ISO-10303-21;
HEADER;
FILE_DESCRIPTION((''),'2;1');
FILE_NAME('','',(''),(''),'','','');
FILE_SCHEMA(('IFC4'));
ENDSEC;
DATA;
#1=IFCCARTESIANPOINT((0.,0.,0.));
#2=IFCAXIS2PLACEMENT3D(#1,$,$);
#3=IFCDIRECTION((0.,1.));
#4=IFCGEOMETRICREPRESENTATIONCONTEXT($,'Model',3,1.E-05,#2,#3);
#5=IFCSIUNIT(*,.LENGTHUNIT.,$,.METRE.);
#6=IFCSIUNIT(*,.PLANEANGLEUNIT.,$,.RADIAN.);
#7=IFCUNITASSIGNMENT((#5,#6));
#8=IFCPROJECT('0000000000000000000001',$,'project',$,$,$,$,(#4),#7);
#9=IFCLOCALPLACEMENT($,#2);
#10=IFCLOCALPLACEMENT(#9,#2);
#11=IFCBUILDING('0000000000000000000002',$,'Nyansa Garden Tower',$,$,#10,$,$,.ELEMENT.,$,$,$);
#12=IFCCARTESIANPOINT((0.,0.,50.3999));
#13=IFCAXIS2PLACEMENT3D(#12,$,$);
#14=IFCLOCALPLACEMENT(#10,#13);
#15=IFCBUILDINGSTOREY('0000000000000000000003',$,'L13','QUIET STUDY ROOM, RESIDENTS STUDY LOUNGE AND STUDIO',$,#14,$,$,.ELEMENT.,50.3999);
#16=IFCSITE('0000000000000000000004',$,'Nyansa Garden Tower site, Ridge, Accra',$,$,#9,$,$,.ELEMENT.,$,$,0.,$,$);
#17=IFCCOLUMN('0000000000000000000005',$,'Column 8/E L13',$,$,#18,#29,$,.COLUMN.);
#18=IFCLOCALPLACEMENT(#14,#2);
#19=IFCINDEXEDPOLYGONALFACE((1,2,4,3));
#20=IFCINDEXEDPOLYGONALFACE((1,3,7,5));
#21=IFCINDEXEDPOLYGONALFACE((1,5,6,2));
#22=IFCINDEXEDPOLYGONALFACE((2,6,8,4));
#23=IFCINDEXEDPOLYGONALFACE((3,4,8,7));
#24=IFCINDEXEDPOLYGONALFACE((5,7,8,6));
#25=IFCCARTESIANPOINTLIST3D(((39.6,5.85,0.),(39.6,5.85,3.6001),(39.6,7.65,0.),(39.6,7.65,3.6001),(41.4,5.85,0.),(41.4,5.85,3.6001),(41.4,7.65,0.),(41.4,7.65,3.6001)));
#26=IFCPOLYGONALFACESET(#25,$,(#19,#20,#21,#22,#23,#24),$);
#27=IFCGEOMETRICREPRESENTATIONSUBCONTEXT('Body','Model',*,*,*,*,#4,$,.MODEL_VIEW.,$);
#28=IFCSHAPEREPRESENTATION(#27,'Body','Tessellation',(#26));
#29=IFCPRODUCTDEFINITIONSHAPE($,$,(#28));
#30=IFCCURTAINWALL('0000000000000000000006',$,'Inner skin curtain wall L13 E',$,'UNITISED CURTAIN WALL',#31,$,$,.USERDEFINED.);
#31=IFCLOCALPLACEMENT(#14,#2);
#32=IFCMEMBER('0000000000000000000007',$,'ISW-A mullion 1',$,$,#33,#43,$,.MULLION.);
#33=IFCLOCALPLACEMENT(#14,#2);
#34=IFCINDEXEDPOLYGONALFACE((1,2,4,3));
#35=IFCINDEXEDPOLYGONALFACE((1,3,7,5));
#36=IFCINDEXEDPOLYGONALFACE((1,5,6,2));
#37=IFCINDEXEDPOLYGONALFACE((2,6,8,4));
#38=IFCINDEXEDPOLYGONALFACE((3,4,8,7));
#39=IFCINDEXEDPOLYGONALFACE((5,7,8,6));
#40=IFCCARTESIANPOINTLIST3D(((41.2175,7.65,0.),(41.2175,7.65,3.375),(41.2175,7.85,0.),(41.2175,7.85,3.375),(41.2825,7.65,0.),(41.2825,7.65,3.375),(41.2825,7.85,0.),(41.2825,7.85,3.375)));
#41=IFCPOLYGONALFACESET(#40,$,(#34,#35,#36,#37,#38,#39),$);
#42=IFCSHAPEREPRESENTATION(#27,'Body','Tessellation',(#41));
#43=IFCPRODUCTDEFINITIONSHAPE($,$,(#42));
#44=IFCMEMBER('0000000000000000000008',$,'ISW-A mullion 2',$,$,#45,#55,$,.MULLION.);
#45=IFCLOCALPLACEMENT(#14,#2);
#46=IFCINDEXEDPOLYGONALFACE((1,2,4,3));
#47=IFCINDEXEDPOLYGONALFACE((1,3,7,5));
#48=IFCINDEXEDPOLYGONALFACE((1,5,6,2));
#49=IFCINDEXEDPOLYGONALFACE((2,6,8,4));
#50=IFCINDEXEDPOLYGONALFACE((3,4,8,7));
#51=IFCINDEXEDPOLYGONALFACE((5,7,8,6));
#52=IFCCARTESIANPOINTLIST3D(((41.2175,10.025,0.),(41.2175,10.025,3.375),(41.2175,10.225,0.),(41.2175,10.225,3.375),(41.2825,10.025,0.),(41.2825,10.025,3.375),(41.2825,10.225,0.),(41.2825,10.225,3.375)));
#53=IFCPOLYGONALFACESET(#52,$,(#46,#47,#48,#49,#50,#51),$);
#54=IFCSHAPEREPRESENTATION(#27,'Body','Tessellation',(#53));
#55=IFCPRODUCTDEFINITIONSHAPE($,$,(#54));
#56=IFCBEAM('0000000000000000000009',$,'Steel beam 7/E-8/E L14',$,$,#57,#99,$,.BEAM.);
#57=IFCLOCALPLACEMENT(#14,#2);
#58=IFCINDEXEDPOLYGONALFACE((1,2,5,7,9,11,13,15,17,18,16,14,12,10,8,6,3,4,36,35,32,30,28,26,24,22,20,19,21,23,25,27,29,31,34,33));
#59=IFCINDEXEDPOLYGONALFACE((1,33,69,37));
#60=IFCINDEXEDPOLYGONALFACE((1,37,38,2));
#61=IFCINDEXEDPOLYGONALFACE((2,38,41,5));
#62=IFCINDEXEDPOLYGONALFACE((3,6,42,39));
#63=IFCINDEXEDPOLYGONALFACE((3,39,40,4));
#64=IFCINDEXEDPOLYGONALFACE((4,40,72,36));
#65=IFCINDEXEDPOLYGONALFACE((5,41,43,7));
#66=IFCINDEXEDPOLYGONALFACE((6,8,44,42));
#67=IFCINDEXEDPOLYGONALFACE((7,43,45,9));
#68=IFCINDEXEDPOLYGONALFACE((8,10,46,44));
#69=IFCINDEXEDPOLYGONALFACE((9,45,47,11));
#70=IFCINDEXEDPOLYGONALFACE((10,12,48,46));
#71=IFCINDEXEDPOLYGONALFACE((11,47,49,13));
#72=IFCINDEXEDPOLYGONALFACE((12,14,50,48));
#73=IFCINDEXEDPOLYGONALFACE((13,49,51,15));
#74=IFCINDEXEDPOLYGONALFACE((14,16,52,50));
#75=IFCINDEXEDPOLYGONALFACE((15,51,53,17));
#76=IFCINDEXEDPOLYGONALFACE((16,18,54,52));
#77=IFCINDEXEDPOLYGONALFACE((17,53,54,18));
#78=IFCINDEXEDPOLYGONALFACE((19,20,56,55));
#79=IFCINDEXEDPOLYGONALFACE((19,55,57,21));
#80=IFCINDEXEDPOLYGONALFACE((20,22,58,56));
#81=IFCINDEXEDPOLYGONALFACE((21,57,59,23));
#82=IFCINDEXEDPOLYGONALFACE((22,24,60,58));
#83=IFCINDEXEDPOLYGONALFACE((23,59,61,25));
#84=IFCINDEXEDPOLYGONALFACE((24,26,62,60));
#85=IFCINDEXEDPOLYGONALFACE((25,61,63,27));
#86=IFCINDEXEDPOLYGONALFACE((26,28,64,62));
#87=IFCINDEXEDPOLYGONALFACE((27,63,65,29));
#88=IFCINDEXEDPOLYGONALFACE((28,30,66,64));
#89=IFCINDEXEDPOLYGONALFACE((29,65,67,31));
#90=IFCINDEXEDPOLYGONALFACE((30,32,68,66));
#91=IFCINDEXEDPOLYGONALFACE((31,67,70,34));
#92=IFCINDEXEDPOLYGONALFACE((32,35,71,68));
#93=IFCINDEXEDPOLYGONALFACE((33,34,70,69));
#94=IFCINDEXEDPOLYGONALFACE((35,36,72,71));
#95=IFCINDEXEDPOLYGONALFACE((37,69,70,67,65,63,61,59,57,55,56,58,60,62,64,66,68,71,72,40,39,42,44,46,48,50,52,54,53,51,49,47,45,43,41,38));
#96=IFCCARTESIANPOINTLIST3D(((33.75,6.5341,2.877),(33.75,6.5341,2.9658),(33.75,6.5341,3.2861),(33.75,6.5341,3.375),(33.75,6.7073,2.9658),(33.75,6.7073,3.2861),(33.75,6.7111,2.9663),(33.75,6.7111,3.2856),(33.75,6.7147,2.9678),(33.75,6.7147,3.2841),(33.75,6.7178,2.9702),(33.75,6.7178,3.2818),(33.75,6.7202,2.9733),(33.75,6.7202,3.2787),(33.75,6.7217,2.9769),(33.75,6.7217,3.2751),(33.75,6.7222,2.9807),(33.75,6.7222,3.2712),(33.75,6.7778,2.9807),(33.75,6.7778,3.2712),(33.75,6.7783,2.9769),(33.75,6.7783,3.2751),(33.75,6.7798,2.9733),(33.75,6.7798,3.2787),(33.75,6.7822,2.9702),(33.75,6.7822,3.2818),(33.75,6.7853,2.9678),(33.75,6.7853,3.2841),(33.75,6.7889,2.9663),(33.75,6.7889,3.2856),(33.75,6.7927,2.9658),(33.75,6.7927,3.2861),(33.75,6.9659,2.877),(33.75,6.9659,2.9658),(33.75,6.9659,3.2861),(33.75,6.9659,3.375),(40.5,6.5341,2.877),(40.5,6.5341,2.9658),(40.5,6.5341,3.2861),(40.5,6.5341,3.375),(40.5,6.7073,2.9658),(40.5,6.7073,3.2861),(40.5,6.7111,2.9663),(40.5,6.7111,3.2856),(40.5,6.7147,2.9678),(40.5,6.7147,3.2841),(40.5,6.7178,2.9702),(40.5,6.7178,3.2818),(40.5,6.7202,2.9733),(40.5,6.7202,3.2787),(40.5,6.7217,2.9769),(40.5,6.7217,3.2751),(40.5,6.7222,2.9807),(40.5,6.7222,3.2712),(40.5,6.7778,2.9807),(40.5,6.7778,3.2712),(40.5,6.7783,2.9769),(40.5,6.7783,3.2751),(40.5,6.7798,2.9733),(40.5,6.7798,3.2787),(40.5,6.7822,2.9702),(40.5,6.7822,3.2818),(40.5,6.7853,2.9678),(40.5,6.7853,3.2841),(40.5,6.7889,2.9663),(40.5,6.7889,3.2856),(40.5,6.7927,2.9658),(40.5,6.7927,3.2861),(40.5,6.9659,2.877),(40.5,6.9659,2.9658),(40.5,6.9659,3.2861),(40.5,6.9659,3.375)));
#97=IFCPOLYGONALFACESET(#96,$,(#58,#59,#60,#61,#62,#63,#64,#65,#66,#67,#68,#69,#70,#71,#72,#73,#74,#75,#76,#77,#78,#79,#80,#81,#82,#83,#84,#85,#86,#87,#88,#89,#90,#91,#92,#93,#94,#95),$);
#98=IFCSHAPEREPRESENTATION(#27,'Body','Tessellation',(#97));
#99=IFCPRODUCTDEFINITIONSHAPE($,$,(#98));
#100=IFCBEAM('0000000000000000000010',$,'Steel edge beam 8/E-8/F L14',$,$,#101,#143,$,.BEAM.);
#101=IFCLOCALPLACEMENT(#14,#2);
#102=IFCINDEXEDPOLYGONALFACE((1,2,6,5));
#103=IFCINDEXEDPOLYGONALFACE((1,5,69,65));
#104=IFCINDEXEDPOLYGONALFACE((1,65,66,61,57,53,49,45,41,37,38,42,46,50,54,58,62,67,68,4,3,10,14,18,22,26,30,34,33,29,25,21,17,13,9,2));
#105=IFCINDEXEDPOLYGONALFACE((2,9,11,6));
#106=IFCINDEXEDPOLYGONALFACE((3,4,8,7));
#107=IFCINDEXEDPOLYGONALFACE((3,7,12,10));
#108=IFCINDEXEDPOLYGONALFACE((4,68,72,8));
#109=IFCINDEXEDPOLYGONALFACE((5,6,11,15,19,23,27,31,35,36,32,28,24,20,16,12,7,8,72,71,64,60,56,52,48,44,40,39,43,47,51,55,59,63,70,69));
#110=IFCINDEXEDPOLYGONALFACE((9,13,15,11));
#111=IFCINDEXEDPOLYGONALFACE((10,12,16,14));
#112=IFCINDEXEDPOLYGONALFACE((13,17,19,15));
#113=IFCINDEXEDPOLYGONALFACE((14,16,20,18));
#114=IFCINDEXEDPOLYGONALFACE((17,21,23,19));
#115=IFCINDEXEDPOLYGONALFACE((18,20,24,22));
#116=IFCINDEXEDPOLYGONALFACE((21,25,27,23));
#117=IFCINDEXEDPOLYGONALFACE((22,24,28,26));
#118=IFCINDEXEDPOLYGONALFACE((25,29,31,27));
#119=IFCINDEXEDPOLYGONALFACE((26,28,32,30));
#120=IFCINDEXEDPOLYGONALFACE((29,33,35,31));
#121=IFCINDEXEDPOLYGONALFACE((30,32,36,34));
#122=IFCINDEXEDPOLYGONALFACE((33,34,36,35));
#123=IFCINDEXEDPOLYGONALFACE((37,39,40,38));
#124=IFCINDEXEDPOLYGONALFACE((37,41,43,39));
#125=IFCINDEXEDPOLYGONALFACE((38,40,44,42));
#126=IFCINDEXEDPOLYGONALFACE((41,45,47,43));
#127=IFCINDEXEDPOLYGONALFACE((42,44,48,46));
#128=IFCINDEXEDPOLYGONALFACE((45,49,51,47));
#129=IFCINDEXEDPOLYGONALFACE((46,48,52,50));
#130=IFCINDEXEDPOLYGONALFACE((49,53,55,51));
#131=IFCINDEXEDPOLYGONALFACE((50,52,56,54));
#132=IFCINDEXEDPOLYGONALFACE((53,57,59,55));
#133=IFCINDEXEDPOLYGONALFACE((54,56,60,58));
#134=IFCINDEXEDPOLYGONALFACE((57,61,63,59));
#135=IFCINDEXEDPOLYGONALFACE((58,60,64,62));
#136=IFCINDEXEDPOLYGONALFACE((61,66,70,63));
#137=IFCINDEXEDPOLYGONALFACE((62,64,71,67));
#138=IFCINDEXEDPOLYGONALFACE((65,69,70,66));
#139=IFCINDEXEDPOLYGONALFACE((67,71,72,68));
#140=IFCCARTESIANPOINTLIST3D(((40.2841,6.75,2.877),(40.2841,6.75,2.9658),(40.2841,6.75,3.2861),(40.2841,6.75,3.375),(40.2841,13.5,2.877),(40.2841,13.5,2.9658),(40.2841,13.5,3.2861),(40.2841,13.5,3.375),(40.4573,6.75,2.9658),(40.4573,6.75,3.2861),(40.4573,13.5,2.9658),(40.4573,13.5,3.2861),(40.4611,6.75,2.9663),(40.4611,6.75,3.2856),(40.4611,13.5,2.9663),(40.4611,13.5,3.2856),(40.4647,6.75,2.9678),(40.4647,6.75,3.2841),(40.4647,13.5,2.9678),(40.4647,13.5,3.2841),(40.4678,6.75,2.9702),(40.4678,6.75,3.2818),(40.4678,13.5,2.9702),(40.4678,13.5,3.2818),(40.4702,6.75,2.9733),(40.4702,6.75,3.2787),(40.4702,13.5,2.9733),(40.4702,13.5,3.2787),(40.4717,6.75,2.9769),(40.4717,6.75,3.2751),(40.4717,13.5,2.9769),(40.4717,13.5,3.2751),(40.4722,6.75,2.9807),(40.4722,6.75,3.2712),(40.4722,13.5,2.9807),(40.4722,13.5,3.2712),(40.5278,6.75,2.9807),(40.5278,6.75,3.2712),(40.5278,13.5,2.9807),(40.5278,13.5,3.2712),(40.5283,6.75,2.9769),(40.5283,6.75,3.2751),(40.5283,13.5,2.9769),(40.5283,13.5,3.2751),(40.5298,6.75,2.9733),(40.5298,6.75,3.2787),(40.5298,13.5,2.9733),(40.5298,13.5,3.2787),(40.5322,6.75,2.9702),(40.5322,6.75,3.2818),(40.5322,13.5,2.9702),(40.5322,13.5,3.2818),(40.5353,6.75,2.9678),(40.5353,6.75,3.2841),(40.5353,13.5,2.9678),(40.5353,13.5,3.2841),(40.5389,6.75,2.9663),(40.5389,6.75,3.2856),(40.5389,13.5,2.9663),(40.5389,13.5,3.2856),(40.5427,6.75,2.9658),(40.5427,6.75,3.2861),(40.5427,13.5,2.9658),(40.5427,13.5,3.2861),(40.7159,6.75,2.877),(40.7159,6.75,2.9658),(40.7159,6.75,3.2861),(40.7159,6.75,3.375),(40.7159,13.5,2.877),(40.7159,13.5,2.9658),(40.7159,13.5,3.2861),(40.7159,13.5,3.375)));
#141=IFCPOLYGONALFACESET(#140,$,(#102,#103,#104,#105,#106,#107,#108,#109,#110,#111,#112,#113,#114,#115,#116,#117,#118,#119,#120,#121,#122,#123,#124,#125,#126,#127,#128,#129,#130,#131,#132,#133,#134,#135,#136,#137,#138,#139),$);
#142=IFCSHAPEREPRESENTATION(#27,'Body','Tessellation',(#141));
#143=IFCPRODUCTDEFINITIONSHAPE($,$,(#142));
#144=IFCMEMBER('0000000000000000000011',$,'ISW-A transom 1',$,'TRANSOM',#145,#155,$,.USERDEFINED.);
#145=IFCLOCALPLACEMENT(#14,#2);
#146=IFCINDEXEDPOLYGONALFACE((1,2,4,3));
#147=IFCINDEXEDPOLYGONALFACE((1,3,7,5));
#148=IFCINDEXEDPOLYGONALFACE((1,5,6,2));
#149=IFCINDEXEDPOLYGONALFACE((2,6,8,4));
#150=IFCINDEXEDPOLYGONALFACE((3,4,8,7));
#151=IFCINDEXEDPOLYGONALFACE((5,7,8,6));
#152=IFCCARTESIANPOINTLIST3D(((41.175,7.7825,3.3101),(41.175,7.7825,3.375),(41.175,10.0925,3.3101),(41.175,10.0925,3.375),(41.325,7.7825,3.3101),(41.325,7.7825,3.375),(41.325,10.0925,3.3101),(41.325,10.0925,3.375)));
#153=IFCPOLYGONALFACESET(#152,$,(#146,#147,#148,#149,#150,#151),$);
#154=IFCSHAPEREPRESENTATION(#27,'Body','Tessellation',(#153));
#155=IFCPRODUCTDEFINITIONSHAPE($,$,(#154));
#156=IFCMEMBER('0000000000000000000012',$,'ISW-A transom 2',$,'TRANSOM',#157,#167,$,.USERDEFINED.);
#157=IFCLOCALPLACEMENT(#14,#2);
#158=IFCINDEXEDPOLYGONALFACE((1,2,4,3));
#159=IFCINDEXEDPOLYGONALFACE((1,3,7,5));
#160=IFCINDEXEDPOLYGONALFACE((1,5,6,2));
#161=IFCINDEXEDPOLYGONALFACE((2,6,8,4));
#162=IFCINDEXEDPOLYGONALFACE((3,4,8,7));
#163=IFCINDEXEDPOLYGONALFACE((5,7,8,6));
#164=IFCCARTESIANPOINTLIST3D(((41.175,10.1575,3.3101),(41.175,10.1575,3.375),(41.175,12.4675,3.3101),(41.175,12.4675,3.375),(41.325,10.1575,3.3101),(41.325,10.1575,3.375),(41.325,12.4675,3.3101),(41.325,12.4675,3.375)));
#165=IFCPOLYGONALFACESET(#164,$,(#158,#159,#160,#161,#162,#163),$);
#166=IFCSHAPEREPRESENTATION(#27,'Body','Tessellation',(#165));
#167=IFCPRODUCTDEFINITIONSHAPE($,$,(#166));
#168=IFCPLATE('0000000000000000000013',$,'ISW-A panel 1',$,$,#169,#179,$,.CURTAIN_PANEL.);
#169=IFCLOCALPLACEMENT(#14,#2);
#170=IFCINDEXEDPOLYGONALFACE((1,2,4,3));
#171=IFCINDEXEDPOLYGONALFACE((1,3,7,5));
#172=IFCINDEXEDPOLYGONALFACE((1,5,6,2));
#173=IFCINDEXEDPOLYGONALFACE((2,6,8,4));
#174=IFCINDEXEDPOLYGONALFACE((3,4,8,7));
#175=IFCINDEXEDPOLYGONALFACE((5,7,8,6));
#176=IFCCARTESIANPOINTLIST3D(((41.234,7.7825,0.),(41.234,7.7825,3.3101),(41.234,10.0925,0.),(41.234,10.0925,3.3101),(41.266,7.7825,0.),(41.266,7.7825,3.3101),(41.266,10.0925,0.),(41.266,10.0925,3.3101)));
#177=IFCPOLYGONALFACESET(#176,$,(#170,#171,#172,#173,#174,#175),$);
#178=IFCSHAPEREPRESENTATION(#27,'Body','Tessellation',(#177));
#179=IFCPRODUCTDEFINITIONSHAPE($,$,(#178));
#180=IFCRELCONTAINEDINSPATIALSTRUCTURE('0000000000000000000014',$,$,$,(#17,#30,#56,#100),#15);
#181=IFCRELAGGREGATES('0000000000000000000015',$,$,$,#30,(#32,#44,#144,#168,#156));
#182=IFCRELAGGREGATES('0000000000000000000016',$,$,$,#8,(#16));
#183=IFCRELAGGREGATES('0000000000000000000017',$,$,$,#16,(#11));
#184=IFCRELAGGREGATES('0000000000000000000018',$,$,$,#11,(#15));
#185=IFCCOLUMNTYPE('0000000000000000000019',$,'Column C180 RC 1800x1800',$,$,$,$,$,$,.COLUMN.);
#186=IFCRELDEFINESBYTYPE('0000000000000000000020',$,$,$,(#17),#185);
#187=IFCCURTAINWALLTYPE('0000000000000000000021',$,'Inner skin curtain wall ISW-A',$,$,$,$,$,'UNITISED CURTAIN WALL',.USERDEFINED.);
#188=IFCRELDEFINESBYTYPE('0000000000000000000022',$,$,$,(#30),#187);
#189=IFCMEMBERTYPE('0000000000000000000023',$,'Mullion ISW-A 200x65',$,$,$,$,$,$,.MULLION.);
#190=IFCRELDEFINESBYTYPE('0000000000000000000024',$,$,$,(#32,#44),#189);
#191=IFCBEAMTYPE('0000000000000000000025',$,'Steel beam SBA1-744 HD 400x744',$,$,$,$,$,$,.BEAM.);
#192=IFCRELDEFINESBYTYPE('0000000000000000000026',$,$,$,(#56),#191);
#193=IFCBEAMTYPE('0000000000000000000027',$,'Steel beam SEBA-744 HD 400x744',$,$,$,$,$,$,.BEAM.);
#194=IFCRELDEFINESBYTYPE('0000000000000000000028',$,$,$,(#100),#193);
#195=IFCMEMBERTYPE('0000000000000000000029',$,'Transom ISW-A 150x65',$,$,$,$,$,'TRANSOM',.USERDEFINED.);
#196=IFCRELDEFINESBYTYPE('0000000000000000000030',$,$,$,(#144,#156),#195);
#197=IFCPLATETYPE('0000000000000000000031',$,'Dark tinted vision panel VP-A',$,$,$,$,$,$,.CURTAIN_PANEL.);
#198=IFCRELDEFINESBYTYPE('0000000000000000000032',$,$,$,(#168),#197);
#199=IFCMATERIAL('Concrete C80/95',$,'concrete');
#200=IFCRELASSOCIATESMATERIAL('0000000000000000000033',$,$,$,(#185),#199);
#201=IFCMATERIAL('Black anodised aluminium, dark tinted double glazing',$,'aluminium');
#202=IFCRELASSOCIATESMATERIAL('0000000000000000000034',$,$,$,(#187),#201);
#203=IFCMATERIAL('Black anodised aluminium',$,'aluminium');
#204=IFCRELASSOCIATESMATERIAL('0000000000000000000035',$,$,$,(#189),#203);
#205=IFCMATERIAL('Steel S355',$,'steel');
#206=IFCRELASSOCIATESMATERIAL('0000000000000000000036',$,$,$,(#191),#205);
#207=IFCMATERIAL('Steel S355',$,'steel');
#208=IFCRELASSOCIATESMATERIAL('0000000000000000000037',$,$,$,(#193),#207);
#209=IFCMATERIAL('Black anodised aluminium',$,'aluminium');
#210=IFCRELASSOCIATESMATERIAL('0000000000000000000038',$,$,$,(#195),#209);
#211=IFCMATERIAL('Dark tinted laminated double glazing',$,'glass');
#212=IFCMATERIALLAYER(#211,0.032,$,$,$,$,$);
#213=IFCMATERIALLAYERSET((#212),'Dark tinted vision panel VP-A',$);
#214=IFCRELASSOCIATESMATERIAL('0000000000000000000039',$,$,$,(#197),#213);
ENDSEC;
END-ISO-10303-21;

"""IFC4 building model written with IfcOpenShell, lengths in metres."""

from ifc_helpers import new_model, si_unit, direction, frame, origin, origin_2d, place, context, subcontext, project, spatial, rectangle, i_section, extrude, material, layer, layer_set, material_profile, profile_set, type_object, element, aggregate, save


model = new_model("IFC4")

# Units and contexts
model_context = context("Model", 3, precision=1e-05, world=origin(), true_north=direction((0.0, 1.0)))
body_context = subcontext(model_context, "Body", "Model", "MODEL_VIEW")
ifc_project = project(units=[si_unit("LENGTHUNIT", "METRE"), si_unit("PLANEANGLEUNIT", "RADIAN")], contexts=[model_context])

# Site, building, storey
site_placement = place(None, origin())
site = spatial("IfcSite", under=ifc_project, at=site_placement, Name="Nyansa Garden Tower site, Ridge, Accra", CompositionType="ELEMENT", RefElevation=0.0)
building_placement = place(site_placement, origin())
building = spatial("IfcBuilding", under=site, at=building_placement, Name="Nyansa Garden Tower", CompositionType="ELEMENT")
storey_placement = place(building_placement, frame((0.0, 0.0, 50.3999)))
storey = spatial("IfcBuildingStorey", under=building, at=storey_placement, Name="L13", Description="QUIET STUDY ROOM, RESIDENTS STUDY LOUNGE AND STUDIO", CompositionType="ELEMENT", Elevation=50.3999)

# Column
ifc_material_1 = material(Name="Concrete C80/95", Category="concrete")
ifc_material_profile_1 = material_profile(ifc_material_1, rectangle(XDim=1.8, YDim=1.8, at=origin_2d()), Name="RC 1800x1800")
ifc_profile_set_1 = profile_set([ifc_material_profile_1], Name="Concrete C80/95")
column_type = type_object("IfcColumnType", Name="Column C180 RC 1800x1800", PredefinedType="COLUMN", material=ifc_profile_set_1)
column_placement = place(storey_placement, frame((40.5, 6.75, 0.0), z_axis=(0.0, 0.0, 1.0), x_axis=(1.0, 0.0, 0.0)))
element("IfcColumn", 1, at=column_placement, inside=storey, type_object=column_type, Name="Column 8/E L13", PredefinedType="COLUMN", context=body_context, shape_type="SweptSolid", body=[
    extrude(rectangle(XDim=1.8, YDim=1.8, at=origin_2d()), origin(), (0.0, 0.0, 1.0), 3.6001),
])

# Curtain wall, members
ifc_material_2 = material(Name="Black anodised aluminium, dark tinted double glazing", Category="aluminium")
curtain_wall_type = type_object("IfcCurtainWallType", Name="Inner skin curtain wall ISW-A", ElementType="UNITISED CURTAIN WALL", PredefinedType="USERDEFINED", material=ifc_material_2)
curtain_wall_placement = place(storey_placement, origin())
curtain_wall = element("IfcCurtainWall", 2, at=curtain_wall_placement, inside=storey, type_object=curtain_wall_type, Name="Inner skin curtain wall L13 E", ObjectType="UNITISED CURTAIN WALL", PredefinedType="USERDEFINED")
ifc_material_3 = material(Name="Black anodised aluminium", Category="aluminium")
ifc_material_profile_2 = material_profile(ifc_material_3, rectangle(XDim=0.0649, YDim=0.2, at=origin_2d()), Name="Mullion 200x65")
ifc_profile_set_2 = profile_set([ifc_material_profile_2], Name="Black anodised aluminium")
member_type_1 = type_object("IfcMemberType", Name="Mullion ISW-A 200x65", PredefinedType="MULLION", material=ifc_profile_set_2)
member_1_placement = place(storey_placement, frame((41.25, 7.75, 0.0), z_axis=(0.0, 0.0, 1.0), x_axis=(-1.0, 0.0, 0.0)))
member_1 = element("IfcMember", 3, at=member_1_placement, type_object=member_type_1, Name="ISW-A mullion 1", PredefinedType="MULLION", context=body_context, shape_type="SweptSolid", body=[
    extrude(rectangle(XDim=0.0649, YDim=0.2, at=origin_2d()), origin(), (0.0, 0.0, 1.0), 3.375),
])
member_2_placement = place(storey_placement, frame((41.25, 10.125, 0.0), z_axis=(0.0, 0.0, 1.0), x_axis=(-1.0, 0.0, 0.0)))
member_2 = element("IfcMember", 4, at=member_2_placement, type_object=member_type_1, Name="ISW-A mullion 2", PredefinedType="MULLION", context=body_context, shape_type="SweptSolid", body=[
    extrude(rectangle(XDim=0.0649, YDim=0.2, at=origin_2d()), origin(), (0.0, 0.0, 1.0), 3.375),
])

# Beams
ifc_material_4 = material(Name="Steel S355", Category="steel")
ifc_material_profile_3 = material_profile(ifc_material_4, i_section(OverallWidth=0.4319, OverallDepth=0.498, WebThickness=0.0557, FlangeThickness=0.0889, FilletRadius=0.0149, at=origin_2d()), Name="HD 400x744")
ifc_profile_set_3 = profile_set([ifc_material_profile_3], Name="Steel S355")
beam_type_1 = type_object("IfcBeamType", Name="Steel beam SBA1-744 HD 400x744", PredefinedType="BEAM", material=ifc_profile_set_3)
beam_1_placement = place(storey_placement, frame((33.75, 6.75, 3.126), z_axis=(1.0, 0.0, 0.0), x_axis=(0.0, 1.0, 0.0)))
element("IfcBeam", 5, at=beam_1_placement, inside=storey, type_object=beam_type_1, Name="Steel beam 7/E-8/E L14", PredefinedType="BEAM", context=body_context, shape_type="SweptSolid", body=[
    extrude(i_section(OverallWidth=0.4319, OverallDepth=0.498, WebThickness=0.0557, FlangeThickness=0.0889, FilletRadius=0.0149, at=origin_2d()), origin(), (0.0, 0.0, 1.0), 6.75),
])
ifc_material_5 = material(Name="Steel S355", Category="steel")
ifc_material_profile_4 = material_profile(ifc_material_5, i_section(OverallWidth=0.4319, OverallDepth=0.498, WebThickness=0.0557, FlangeThickness=0.0889, FilletRadius=0.0149, at=origin_2d()), Name="HD 400x744")
ifc_profile_set_4 = profile_set([ifc_material_profile_4], Name="Steel S355")
beam_type_2 = type_object("IfcBeamType", Name="Steel beam SEBA-744 HD 400x744", PredefinedType="BEAM", material=ifc_profile_set_4)
beam_2_placement = place(storey_placement, frame((40.5, 6.75, 3.126), z_axis=(0.0, 1.0, 0.0), x_axis=(-1.0, 0.0, 0.0)))
element("IfcBeam", 6, at=beam_2_placement, inside=storey, type_object=beam_type_2, Name="Steel edge beam 8/E-8/F L14", PredefinedType="BEAM", context=body_context, shape_type="SweptSolid", body=[
    extrude(i_section(OverallWidth=0.4319, OverallDepth=0.498, WebThickness=0.0557, FlangeThickness=0.0889, FilletRadius=0.0149, at=origin_2d()), origin(), (0.0, 0.0, 1.0), 6.75),
])

# Members
ifc_material_6 = material(Name="Black anodised aluminium", Category="aluminium")
ifc_material_profile_5 = material_profile(ifc_material_6, rectangle(XDim=0.1499, YDim=0.0649, at=origin_2d()), Name="Transom 150x65")
ifc_profile_set_5 = profile_set([ifc_material_profile_5], Name="Black anodised aluminium")
member_type_2 = type_object("IfcMemberType", Name="Transom ISW-A 150x65", ElementType="TRANSOM", PredefinedType="USERDEFINED", material=ifc_profile_set_5)
member_3_placement = place(storey_placement, frame((41.25, 7.7825, 3.3425), z_axis=(0.0, 1.0, 0.0), x_axis=(-1.0, 0.0, 0.0)))
member_3 = element("IfcMember", 7, at=member_3_placement, type_object=member_type_2, Name="ISW-A transom 1", ObjectType="TRANSOM", PredefinedType="USERDEFINED", context=body_context, shape_type="SweptSolid", body=[
    extrude(rectangle(XDim=0.1499, YDim=0.0649, at=origin_2d()), origin(), (0.0, 0.0, 1.0), 2.3101),
])
member_4_placement = place(storey_placement, frame((41.25, 10.1575, 3.3425), z_axis=(0.0, 1.0, 0.0), x_axis=(-1.0, 0.0, 0.0)))
member_4 = element("IfcMember", 8, at=member_4_placement, type_object=member_type_2, Name="ISW-A transom 2", ObjectType="TRANSOM", PredefinedType="USERDEFINED", context=body_context, shape_type="SweptSolid", body=[
    extrude(rectangle(XDim=0.1499, YDim=0.0649, at=origin_2d()), origin(), (0.0, 0.0, 1.0), 2.3101),
])

# Plate
ifc_material_7 = material(Name="Dark tinted laminated double glazing", Category="glass")
ifc_layer_1 = layer(ifc_material_7, 0.032)
ifc_layer_set_1 = layer_set([ifc_layer_1], Name="Dark tinted vision panel VP-A")
plate_type = type_object("IfcPlateType", Name="Dark tinted vision panel VP-A", PredefinedType="CURTAIN_PANEL", material=ifc_layer_set_1)
plate_1_placement = place(storey_placement, frame((41.25, 8.9375, 0.0), z_axis=(0.0, 0.0, 1.0), x_axis=(0.0, 1.0, 0.0)))
plate_1 = element("IfcPlate", 9, at=plate_1_placement, type_object=plate_type, Name="ISW-A panel 1", PredefinedType="CURTAIN_PANEL", context=body_context, shape_type="SweptSolid", body=[
    extrude(rectangle(XDim=2.3101, YDim=0.032, at=origin_2d()), origin(), (0.0, 0.0, 1.0), 3.3101),
])
aggregate(curtain_wall, [member_1, member_2, member_3, plate_1, member_4])

save(model, "model.ifc")
